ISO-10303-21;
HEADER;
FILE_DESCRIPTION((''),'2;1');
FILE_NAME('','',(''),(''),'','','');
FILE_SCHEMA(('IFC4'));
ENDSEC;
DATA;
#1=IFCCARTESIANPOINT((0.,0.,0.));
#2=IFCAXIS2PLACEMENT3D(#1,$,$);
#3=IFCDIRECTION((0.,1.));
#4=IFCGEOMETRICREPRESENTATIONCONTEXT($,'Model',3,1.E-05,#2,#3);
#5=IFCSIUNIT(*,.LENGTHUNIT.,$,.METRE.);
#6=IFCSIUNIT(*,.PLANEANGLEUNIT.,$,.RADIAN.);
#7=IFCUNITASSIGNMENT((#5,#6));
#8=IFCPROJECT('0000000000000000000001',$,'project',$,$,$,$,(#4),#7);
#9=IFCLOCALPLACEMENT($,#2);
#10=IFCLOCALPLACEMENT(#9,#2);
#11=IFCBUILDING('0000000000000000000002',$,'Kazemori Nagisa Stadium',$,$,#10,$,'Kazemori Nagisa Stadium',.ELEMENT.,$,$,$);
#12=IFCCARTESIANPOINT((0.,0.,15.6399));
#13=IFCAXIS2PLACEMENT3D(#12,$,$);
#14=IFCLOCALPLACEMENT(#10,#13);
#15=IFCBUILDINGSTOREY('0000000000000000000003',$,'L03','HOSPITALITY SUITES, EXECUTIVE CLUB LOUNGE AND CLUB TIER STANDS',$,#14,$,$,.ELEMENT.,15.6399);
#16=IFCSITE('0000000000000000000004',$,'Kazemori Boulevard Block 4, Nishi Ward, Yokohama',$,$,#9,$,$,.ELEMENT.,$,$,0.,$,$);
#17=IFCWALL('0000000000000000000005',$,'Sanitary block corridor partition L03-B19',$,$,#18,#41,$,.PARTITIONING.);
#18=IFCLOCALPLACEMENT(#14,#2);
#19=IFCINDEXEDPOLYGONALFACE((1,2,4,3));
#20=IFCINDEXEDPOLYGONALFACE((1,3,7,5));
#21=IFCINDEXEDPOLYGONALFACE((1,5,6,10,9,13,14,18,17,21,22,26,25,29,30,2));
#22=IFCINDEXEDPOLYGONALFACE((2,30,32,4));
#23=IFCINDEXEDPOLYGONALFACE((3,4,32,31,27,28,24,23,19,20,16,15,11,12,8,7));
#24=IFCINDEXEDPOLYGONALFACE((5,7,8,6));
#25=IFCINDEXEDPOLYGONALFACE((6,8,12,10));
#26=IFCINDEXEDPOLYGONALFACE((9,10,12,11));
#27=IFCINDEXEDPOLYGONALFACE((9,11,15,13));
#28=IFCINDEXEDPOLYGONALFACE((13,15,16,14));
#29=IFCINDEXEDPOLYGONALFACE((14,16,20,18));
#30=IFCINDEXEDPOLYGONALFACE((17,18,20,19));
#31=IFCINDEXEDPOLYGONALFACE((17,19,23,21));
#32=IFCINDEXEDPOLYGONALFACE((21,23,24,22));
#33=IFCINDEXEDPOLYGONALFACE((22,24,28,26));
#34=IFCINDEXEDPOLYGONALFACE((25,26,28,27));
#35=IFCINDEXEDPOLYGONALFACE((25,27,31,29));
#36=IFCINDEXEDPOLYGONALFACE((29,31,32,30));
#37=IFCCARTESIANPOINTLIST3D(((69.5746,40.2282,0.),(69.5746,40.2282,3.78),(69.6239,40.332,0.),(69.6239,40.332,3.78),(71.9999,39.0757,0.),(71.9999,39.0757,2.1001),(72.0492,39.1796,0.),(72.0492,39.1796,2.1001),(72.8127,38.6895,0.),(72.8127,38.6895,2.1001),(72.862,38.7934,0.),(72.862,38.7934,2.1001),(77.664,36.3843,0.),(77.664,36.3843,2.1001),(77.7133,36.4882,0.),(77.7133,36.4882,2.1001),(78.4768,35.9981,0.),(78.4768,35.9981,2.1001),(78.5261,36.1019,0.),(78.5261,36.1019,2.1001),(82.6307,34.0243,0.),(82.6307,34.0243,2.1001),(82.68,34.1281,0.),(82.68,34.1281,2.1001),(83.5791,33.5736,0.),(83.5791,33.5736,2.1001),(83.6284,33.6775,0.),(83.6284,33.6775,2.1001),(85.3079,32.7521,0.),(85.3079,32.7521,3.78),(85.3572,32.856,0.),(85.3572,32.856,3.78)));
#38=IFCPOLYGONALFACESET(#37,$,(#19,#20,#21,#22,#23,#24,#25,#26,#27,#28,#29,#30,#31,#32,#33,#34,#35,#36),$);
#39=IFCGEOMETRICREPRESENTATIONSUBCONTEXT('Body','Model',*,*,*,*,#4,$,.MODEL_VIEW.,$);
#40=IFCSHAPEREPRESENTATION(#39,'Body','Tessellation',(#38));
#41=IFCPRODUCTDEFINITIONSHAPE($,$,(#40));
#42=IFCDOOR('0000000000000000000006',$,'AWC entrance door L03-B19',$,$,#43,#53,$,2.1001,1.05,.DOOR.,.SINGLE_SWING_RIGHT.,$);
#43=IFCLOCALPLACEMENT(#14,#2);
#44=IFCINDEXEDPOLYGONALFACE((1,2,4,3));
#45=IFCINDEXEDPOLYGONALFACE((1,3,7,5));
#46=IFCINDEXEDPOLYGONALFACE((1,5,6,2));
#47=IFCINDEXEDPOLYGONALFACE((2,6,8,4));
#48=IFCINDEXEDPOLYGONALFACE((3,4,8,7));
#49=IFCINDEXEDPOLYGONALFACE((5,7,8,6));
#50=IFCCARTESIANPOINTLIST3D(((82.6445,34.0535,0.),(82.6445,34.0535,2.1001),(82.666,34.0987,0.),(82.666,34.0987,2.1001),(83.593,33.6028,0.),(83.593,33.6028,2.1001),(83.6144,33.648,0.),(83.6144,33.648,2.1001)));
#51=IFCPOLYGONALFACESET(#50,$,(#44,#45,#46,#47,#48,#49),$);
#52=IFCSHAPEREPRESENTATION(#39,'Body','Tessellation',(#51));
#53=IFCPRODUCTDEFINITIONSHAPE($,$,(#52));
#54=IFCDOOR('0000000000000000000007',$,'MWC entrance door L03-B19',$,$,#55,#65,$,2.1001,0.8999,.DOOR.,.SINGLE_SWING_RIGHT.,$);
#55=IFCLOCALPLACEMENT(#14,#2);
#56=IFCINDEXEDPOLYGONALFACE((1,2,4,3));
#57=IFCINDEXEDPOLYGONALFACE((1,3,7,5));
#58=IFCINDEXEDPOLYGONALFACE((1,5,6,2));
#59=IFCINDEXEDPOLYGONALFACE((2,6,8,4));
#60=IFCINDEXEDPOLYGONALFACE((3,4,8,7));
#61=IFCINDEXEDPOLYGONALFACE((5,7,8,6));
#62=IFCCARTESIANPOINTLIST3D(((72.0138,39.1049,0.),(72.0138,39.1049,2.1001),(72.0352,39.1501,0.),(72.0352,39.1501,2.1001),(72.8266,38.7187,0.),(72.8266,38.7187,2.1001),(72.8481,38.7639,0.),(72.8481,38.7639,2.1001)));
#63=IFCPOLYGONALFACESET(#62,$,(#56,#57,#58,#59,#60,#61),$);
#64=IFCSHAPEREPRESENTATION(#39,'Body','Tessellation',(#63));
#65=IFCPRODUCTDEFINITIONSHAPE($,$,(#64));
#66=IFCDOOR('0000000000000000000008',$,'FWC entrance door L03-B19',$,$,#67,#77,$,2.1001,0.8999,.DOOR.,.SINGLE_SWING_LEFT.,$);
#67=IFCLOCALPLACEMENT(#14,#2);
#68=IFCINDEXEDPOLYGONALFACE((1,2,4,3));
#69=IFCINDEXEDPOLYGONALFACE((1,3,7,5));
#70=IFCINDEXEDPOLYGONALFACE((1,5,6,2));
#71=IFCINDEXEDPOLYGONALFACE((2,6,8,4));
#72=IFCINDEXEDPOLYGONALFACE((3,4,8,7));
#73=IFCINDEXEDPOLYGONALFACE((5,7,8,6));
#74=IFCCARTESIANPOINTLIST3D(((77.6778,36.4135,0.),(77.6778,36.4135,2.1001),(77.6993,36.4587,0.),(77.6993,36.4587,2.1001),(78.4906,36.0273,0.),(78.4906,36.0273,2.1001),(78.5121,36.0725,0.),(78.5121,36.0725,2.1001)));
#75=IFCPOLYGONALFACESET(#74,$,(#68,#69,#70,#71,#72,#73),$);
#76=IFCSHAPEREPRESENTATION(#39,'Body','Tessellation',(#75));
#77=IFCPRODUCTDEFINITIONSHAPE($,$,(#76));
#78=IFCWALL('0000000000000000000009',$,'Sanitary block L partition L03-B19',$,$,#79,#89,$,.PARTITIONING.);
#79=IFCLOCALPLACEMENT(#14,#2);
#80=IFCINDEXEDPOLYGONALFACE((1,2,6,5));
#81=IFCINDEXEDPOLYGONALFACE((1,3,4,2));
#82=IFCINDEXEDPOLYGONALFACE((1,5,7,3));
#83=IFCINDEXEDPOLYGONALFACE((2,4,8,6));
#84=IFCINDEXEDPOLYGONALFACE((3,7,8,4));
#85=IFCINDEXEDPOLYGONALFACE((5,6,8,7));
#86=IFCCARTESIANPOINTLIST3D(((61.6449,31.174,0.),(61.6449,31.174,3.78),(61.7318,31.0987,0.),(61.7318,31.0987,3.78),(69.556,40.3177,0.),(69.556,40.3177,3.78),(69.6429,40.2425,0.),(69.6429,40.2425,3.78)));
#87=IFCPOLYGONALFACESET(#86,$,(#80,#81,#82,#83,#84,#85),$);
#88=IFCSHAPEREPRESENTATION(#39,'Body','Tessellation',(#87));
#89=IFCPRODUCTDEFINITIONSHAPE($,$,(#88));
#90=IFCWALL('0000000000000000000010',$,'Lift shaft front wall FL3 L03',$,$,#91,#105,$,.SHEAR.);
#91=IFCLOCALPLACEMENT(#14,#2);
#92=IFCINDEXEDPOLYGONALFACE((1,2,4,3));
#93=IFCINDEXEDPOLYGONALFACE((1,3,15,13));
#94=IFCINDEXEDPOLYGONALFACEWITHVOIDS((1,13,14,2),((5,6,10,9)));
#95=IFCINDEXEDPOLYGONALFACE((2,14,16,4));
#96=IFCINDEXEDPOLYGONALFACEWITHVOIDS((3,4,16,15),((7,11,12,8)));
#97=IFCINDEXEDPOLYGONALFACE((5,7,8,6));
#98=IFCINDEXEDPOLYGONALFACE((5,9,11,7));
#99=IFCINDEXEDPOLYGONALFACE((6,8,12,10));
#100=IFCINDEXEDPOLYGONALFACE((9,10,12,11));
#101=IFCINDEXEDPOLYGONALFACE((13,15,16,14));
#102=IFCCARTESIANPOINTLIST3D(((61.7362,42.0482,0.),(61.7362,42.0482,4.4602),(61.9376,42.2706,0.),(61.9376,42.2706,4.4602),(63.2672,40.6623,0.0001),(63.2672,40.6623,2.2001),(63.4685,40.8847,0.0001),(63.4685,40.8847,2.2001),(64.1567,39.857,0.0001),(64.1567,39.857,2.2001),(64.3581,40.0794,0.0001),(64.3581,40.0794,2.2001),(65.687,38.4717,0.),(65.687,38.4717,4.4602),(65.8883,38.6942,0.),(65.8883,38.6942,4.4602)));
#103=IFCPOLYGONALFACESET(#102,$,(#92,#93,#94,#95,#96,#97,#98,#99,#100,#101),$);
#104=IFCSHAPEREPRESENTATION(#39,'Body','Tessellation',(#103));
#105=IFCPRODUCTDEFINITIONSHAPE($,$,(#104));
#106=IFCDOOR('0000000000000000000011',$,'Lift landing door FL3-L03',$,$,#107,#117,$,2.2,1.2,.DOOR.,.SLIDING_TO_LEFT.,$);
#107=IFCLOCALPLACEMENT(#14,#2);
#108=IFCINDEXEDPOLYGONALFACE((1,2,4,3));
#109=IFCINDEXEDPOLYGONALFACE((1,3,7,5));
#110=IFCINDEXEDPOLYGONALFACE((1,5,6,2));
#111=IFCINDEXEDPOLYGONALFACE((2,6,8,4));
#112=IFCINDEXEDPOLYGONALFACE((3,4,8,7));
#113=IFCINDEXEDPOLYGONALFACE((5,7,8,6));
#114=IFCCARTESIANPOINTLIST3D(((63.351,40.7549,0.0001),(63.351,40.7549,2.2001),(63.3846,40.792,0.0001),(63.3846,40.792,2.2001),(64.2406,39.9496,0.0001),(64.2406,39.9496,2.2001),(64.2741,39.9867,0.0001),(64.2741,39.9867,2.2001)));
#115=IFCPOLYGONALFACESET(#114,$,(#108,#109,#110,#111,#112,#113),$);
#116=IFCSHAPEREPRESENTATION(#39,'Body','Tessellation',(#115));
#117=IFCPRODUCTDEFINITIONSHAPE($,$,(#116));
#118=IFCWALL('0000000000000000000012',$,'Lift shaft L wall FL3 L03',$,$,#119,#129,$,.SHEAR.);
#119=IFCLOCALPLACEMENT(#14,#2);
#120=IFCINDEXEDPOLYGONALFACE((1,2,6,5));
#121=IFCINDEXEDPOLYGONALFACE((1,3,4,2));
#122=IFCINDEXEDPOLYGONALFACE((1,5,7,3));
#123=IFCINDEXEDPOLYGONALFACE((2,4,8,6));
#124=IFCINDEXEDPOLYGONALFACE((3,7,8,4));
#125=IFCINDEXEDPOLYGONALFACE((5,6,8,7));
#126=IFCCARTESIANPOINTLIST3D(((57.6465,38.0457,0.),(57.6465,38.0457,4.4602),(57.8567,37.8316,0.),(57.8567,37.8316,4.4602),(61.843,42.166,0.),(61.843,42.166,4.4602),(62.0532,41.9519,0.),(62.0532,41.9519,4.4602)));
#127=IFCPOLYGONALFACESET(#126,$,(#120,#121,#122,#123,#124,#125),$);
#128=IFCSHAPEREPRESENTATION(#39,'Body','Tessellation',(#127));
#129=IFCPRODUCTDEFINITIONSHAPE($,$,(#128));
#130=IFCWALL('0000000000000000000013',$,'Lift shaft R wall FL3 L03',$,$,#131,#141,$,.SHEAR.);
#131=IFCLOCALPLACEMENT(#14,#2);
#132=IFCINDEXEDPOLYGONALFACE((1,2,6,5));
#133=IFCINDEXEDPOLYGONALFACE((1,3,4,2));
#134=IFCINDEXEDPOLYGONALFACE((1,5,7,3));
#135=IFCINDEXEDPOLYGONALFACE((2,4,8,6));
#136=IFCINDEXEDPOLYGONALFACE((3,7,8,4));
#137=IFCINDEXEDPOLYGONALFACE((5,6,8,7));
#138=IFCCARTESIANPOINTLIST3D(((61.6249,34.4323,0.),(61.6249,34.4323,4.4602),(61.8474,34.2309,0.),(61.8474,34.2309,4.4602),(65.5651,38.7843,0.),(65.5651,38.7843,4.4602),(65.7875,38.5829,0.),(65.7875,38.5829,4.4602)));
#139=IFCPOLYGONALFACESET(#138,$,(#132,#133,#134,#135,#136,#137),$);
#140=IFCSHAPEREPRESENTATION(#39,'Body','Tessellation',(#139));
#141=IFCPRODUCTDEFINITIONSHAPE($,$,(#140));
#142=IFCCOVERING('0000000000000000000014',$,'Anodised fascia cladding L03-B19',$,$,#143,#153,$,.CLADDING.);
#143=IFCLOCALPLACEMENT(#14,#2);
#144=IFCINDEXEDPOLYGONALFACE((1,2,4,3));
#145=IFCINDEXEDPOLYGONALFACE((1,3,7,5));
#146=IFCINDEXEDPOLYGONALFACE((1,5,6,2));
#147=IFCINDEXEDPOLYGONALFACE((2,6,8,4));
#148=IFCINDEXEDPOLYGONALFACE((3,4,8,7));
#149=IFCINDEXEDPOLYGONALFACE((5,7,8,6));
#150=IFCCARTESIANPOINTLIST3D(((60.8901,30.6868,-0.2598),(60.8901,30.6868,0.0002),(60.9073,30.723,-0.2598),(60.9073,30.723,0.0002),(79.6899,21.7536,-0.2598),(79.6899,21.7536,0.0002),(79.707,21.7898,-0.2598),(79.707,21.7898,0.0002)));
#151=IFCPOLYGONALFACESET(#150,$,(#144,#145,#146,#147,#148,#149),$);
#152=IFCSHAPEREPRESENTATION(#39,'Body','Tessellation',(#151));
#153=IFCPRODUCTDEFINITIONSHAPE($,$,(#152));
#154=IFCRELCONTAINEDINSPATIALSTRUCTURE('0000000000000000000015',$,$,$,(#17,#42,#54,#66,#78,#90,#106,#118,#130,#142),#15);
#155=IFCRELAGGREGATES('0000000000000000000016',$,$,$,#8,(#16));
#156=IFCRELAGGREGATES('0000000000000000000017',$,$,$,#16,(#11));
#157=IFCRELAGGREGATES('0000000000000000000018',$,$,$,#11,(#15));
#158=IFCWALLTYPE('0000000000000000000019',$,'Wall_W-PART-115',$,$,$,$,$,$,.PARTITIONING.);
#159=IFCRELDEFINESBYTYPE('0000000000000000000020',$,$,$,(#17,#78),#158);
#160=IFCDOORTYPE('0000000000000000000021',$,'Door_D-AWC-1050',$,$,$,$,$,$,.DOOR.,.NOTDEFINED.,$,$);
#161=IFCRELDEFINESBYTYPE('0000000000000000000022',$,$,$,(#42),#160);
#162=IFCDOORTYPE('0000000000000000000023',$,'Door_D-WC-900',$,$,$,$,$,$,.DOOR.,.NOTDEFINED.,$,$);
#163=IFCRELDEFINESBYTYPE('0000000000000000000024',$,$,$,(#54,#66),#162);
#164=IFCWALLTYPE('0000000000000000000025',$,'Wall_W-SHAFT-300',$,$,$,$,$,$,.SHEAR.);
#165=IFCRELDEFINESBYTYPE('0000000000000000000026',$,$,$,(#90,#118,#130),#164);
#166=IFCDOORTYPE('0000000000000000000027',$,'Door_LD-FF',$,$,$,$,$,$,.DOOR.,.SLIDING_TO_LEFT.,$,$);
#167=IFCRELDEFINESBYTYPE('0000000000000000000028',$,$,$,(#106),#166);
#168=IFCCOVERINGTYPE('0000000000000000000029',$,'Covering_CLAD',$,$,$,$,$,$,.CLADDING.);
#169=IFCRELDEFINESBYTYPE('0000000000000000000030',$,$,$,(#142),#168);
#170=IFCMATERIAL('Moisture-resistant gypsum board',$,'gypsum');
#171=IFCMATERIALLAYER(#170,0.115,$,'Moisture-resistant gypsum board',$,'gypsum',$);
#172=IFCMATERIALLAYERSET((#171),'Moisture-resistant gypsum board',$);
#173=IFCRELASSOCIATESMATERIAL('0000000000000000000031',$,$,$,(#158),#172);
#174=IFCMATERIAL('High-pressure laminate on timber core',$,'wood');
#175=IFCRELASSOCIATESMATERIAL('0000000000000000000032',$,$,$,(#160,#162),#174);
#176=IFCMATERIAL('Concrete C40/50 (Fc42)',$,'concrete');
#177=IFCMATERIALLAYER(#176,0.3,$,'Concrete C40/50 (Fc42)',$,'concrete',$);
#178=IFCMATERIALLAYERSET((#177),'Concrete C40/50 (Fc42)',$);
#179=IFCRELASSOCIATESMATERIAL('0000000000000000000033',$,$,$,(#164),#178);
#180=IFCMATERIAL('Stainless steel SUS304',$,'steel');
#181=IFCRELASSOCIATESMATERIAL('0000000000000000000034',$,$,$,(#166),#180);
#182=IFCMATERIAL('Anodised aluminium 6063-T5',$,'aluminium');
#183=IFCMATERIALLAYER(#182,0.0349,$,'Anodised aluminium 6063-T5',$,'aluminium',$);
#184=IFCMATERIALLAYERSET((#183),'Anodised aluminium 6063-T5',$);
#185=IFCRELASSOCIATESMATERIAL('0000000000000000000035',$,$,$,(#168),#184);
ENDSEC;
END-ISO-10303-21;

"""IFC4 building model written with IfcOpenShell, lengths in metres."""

from ifc_helpers import new_model, si_unit, direction, frame, frame_2d, origin, origin_2d, place, context, subcontext, project, spatial, rectangle, extrude, material, layer, layer_set, type_object, element, fill, save


model = new_model("IFC4")

# Units and contexts
model_context = context("Model", 3, precision=1e-05, world=origin(), true_north=direction((0.0, 1.0)))
body_context = subcontext(model_context, "Body", "Model", "MODEL_VIEW")
ifc_project = project(units=[si_unit("LENGTHUNIT", "METRE"), si_unit("PLANEANGLEUNIT", "RADIAN")], contexts=[model_context])

# Site, building, storey
site_placement = place(None, origin())
site = spatial("IfcSite", under=ifc_project, at=site_placement, Name="Kazemori Boulevard Block 4, Nishi Ward, Yokohama", CompositionType="ELEMENT", RefElevation=0.0)
building_placement = place(site_placement, origin())
building = spatial("IfcBuilding", under=site, at=building_placement, Name="Kazemori Nagisa Stadium", LongName="Kazemori Nagisa Stadium", CompositionType="ELEMENT")
storey_placement = place(building_placement, frame((0.0, 0.0, 15.6399)))
storey = spatial("IfcBuildingStorey", under=building, at=storey_placement, Name="L03", Description="HOSPITALITY SUITES, EXECUTIVE CLUB LOUNGE AND CLUB TIER STANDS", CompositionType="ELEMENT", Elevation=15.6399)

# Shared definitions
ifc_material_1 = material(Name="Concrete C40/50 (Fc42)", Category="concrete")

# Shared definitions
ifc_material_2 = material(Name="Anodised aluminium 6063-T5", Category="aluminium")

# Wall, openings, doors
ifc_material_3 = material(Name="Moisture-resistant gypsum board", Category="gypsum")
ifc_layer_1 = layer(ifc_material_3, 0.115, Name="Moisture-resistant gypsum board", Category="gypsum")
ifc_layer_set_1 = layer_set([ifc_layer_1], Name="Moisture-resistant gypsum board")
wall_type_1 = type_object("IfcWallType", Name="Wall_W-PART-115", PredefinedType="PARTITIONING", material=ifc_layer_set_1)
wall_1_placement = place(storey_placement, frame((69.5994, 40.28, 0.0), z_axis=(0.0, 0.0, 1.0), x_axis=(0.903217, -0.429184, 0.0)))
wall_1 = element("IfcWall", 1, at=wall_1_placement, inside=storey, type_object=wall_type_1, Name="Sanitary block corridor partition L03-B19", PredefinedType="PARTITIONING", context=body_context, shape_type="SweptSolid", body=[
    extrude(rectangle(XDim=17.4192, YDim=0.115, at=frame_2d((8.7095, 0.0))), origin(), (0.0, 0.0, 1.0), 3.78),
])
opening_1_placement = place(wall_1_placement, frame((2.6851, 0.0, 0.0)))
opening_1 = element("IfcOpeningElement", 2, at=opening_1_placement, cuts=wall_1, PredefinedType="OPENING", context=body_context, shape_type="SweptSolid", body=[
    extrude(rectangle(XDim=0.8999, YDim=2.1001, at=frame_2d((0.45, 1.05))), frame((0.0, 0.0674, 0.0), z_axis=(0.0, -1.0, 0.0), x_axis=(1.0, 0.0, 0.0)), (0.0, 0.0, 1.0), 0.135),
])
opening_2_placement = place(wall_1_placement, frame((8.9561, 0.0, 0.0)))
opening_2 = element("IfcOpeningElement", 3, at=opening_2_placement, cuts=wall_1, PredefinedType="OPENING", context=body_context, shape_type="SweptSolid", body=[
    extrude(rectangle(XDim=0.8999, YDim=2.1001, at=frame_2d((0.45, 1.05))), frame((0.0, 0.0674, 0.0), z_axis=(0.0, -1.0, 0.0), x_axis=(1.0, 0.0, 0.0)), (0.0, 0.0, 1.0), 0.135),
])
opening_3_placement = place(wall_1_placement, frame((14.4551, 0.0, 0.0)))
opening_3 = element("IfcOpeningElement", 4, at=opening_3_placement, cuts=wall_1, PredefinedType="OPENING", context=body_context, shape_type="SweptSolid", body=[
    extrude(rectangle(XDim=1.05, YDim=2.1001, at=frame_2d((0.5249, 1.05))), frame((0.0, 0.0674, 0.0), z_axis=(0.0, -1.0, 0.0), x_axis=(1.0, 0.0, 0.0)), (0.0, 0.0, 1.0), 0.135),
])
ifc_material_4 = material(Name="High-pressure laminate on timber core", Category="wood")
door_type_1 = type_object("IfcDoorType", Name="Door_D-AWC-1050", OperationType="NOTDEFINED", PredefinedType="DOOR", material=ifc_material_4)
door_1_placement = place(opening_3_placement, origin())
door_1 = element("IfcDoor", 5, at=door_1_placement, inside=storey, type_object=door_type_1, Name="AWC entrance door L03-B19", OperationType="SINGLE_SWING_RIGHT", OverallHeight=2.1001, OverallWidth=1.05, PredefinedType="DOOR", context=body_context, shape_type="SweptSolid", body=[
    extrude(rectangle(XDim=1.05, YDim=2.1001, at=frame_2d((0.5249, 1.05))), frame((0.0, 0.0249, 0.0), z_axis=(0.0, -1.0, 0.0), x_axis=(1.0, 0.0, 0.0)), (0.0, 0.0, 1.0), 0.05),
])
fill(opening_3, door_1)
door_type_2 = type_object("IfcDoorType", Name="Door_D-WC-900", OperationType="NOTDEFINED", PredefinedType="DOOR", material=ifc_material_4)
door_2_placement = place(opening_1_placement, origin())
door_2 = element("IfcDoor", 6, at=door_2_placement, inside=storey, type_object=door_type_2, Name="MWC entrance door L03-B19", OperationType="SINGLE_SWING_RIGHT", OverallHeight=2.1001, OverallWidth=0.8999, PredefinedType="DOOR", context=body_context, shape_type="SweptSolid", body=[
    extrude(rectangle(XDim=0.8999, YDim=2.1001, at=frame_2d((0.45, 1.05))), frame((0.0, 0.0249, 0.0), z_axis=(0.0, -1.0, 0.0), x_axis=(1.0, 0.0, 0.0)), (0.0, 0.0, 1.0), 0.05),
])
fill(opening_1, door_2)
door_3_placement = place(opening_2_placement, origin())
door_3 = element("IfcDoor", 7, at=door_3_placement, inside=storey, type_object=door_type_2, Name="FWC entrance door L03-B19", OperationType="SINGLE_SWING_LEFT", OverallHeight=2.1001, OverallWidth=0.8999, PredefinedType="DOOR", context=body_context, shape_type="SweptSolid", body=[
    extrude(rectangle(XDim=0.8999, YDim=2.1001, at=frame_2d((0.45, 1.05))), frame((0.0, 0.0249, 0.0), z_axis=(0.0, -1.0, 0.0), x_axis=(1.0, 0.0, 0.0)), (0.0, 0.0, 1.0), 0.05),
])
fill(opening_2, door_3)

# Wall
wall_2_placement = place(storey_placement, frame((69.5994, 40.28, 0.0), z_axis=(0.0, 0.0, 1.0), x_axis=(-0.654293, -0.756241, 0.0)))
element("IfcWall", 8, at=wall_2_placement, inside=storey, type_object=wall_type_1, Name="Sanitary block L partition L03-B19", PredefinedType="PARTITIONING", context=body_context, shape_type="SweptSolid", body=[
    extrude(rectangle(XDim=12.0911, YDim=0.115, at=frame_2d((6.0454, 0.0))), origin(), (0.0, 0.0, 1.0), 3.78),
])

# Wall, opening, door
ifc_layer_2 = layer(ifc_material_1, 0.3, Name="Concrete C40/50 (Fc42)", Category="concrete")
ifc_layer_set_2 = layer_set([ifc_layer_2], Name="Concrete C40/50 (Fc42)")
wall_type_2 = type_object("IfcWallType", Name="Wall_W-SHAFT-300", PredefinedType="SHEAR", material=ifc_layer_set_2)
wall_3_placement = place(storey_placement, frame((61.8369, 42.1594, 0.0), z_axis=(0.0, 0.0, 1.0), x_axis=(0.74135, -0.671118, 0.0)))
wall_3 = element("IfcWall", 9, at=wall_3_placement, inside=storey, type_object=wall_type_2, Name="Lift shaft front wall FL3 L03", PredefinedType="SHEAR", context=body_context, shape_type="SweptSolid", body=[
    extrude(rectangle(XDim=5.3291, YDim=0.3, at=frame_2d((2.6646, 0.0))), origin(), (0.0, 0.0, 1.0), 4.4602),
])
opening_4_placement = place(wall_3_placement, frame((2.0649, 0.0, 0.0)))
opening_4 = element("IfcOpeningElement", 10, at=opening_4_placement, cuts=wall_3, PredefinedType="OPENING", context=body_context, shape_type="SweptSolid", body=[
    extrude(rectangle(XDim=1.2, YDim=2.2, at=frame_2d((0.6001, 1.1001))), frame((0.0, 0.1599, 0.0), z_axis=(0.0, -1.0, 0.0), x_axis=(1.0, 0.0, 0.0)), (0.0, 0.0, 1.0), 0.3201),
])
ifc_material_5 = material(Name="Stainless steel SUS304", Category="steel")
door_type_3 = type_object("IfcDoorType", Name="Door_LD-FF", OperationType="SLIDING_TO_LEFT", PredefinedType="DOOR", material=ifc_material_5)
door_4_placement = place(opening_4_placement, origin())
door_4 = element("IfcDoor", 11, at=door_4_placement, inside=storey, type_object=door_type_3, Name="Lift landing door FL3-L03", OperationType="SLIDING_TO_LEFT", OverallHeight=2.2, OverallWidth=1.2, PredefinedType="DOOR", context=body_context, shape_type="SweptSolid", body=[
    extrude(rectangle(XDim=1.2, YDim=2.2, at=frame_2d((0.6001, 1.1001))), frame((0.0, 0.0249, 0.0), z_axis=(0.0, -1.0, 0.0), x_axis=(1.0, 0.0, 0.0)), (0.0, 0.0, 1.0), 0.05),
])
fill(opening_4, door_4)

# Walls
wall_4_placement = place(storey_placement, frame((61.948, 42.0588, 0.0), z_axis=(0.0, 0.0, 1.0), x_axis=(-0.713553, -0.700601, 0.0)))
element("IfcWall", 12, at=wall_4_placement, inside=storey, type_object=wall_type_2, Name="Lift shaft L wall FL3 L03", PredefinedType="SHEAR", context=body_context, shape_type="SweptSolid", body=[
    extrude(rectangle(XDim=5.8811, YDim=0.3, at=frame_2d((2.9404, 0.0))), origin(), (0.0, 0.0, 1.0), 4.4602),
])
wall_5_placement = place(storey_placement, frame((65.6763, 38.6836, 0.0), z_axis=(0.0, 0.0, 1.0), x_axis=(-0.671158, -0.741314, 0.0)))
element("IfcWall", 13, at=wall_5_placement, inside=storey, type_object=wall_type_2, Name="Lift shaft R wall FL3 L03", PredefinedType="SHEAR", context=body_context, shape_type="SweptSolid", body=[
    extrude(rectangle(XDim=5.8706, YDim=0.3, at=frame_2d((2.9353, 0.0))), origin(), (0.0, 0.0, 1.0), 4.4602),
])

# Covering
ifc_layer_3 = layer(ifc_material_2, 0.0349, Name="Anodised aluminium 6063-T5", Category="aluminium")
ifc_layer_set_3 = layer_set([ifc_layer_3], Name="Anodised aluminium 6063-T5")
covering_type = type_object("IfcCoveringType", Name="Covering_CLAD", PredefinedType="CLADDING", material=ifc_layer_set_3)
covering_placement = place(storey_placement, frame((70.2986, 26.2383, -0.2598), z_axis=(0.0, 0.0, 1.0), x_axis=(0.903216, -0.429186, 0.0)))
element("IfcCovering", 14, at=covering_placement, inside=storey, type_object=covering_type, Name="Anodised fascia cladding L03-B19", PredefinedType="CLADDING", context=body_context, shape_type="SweptSolid", body=[
    extrude(rectangle(XDim=20.8142, YDim=0.04, at=origin_2d()), origin(), (0.0, 0.0, 1.0), 0.26),
])

save(model, "model.ifc")
